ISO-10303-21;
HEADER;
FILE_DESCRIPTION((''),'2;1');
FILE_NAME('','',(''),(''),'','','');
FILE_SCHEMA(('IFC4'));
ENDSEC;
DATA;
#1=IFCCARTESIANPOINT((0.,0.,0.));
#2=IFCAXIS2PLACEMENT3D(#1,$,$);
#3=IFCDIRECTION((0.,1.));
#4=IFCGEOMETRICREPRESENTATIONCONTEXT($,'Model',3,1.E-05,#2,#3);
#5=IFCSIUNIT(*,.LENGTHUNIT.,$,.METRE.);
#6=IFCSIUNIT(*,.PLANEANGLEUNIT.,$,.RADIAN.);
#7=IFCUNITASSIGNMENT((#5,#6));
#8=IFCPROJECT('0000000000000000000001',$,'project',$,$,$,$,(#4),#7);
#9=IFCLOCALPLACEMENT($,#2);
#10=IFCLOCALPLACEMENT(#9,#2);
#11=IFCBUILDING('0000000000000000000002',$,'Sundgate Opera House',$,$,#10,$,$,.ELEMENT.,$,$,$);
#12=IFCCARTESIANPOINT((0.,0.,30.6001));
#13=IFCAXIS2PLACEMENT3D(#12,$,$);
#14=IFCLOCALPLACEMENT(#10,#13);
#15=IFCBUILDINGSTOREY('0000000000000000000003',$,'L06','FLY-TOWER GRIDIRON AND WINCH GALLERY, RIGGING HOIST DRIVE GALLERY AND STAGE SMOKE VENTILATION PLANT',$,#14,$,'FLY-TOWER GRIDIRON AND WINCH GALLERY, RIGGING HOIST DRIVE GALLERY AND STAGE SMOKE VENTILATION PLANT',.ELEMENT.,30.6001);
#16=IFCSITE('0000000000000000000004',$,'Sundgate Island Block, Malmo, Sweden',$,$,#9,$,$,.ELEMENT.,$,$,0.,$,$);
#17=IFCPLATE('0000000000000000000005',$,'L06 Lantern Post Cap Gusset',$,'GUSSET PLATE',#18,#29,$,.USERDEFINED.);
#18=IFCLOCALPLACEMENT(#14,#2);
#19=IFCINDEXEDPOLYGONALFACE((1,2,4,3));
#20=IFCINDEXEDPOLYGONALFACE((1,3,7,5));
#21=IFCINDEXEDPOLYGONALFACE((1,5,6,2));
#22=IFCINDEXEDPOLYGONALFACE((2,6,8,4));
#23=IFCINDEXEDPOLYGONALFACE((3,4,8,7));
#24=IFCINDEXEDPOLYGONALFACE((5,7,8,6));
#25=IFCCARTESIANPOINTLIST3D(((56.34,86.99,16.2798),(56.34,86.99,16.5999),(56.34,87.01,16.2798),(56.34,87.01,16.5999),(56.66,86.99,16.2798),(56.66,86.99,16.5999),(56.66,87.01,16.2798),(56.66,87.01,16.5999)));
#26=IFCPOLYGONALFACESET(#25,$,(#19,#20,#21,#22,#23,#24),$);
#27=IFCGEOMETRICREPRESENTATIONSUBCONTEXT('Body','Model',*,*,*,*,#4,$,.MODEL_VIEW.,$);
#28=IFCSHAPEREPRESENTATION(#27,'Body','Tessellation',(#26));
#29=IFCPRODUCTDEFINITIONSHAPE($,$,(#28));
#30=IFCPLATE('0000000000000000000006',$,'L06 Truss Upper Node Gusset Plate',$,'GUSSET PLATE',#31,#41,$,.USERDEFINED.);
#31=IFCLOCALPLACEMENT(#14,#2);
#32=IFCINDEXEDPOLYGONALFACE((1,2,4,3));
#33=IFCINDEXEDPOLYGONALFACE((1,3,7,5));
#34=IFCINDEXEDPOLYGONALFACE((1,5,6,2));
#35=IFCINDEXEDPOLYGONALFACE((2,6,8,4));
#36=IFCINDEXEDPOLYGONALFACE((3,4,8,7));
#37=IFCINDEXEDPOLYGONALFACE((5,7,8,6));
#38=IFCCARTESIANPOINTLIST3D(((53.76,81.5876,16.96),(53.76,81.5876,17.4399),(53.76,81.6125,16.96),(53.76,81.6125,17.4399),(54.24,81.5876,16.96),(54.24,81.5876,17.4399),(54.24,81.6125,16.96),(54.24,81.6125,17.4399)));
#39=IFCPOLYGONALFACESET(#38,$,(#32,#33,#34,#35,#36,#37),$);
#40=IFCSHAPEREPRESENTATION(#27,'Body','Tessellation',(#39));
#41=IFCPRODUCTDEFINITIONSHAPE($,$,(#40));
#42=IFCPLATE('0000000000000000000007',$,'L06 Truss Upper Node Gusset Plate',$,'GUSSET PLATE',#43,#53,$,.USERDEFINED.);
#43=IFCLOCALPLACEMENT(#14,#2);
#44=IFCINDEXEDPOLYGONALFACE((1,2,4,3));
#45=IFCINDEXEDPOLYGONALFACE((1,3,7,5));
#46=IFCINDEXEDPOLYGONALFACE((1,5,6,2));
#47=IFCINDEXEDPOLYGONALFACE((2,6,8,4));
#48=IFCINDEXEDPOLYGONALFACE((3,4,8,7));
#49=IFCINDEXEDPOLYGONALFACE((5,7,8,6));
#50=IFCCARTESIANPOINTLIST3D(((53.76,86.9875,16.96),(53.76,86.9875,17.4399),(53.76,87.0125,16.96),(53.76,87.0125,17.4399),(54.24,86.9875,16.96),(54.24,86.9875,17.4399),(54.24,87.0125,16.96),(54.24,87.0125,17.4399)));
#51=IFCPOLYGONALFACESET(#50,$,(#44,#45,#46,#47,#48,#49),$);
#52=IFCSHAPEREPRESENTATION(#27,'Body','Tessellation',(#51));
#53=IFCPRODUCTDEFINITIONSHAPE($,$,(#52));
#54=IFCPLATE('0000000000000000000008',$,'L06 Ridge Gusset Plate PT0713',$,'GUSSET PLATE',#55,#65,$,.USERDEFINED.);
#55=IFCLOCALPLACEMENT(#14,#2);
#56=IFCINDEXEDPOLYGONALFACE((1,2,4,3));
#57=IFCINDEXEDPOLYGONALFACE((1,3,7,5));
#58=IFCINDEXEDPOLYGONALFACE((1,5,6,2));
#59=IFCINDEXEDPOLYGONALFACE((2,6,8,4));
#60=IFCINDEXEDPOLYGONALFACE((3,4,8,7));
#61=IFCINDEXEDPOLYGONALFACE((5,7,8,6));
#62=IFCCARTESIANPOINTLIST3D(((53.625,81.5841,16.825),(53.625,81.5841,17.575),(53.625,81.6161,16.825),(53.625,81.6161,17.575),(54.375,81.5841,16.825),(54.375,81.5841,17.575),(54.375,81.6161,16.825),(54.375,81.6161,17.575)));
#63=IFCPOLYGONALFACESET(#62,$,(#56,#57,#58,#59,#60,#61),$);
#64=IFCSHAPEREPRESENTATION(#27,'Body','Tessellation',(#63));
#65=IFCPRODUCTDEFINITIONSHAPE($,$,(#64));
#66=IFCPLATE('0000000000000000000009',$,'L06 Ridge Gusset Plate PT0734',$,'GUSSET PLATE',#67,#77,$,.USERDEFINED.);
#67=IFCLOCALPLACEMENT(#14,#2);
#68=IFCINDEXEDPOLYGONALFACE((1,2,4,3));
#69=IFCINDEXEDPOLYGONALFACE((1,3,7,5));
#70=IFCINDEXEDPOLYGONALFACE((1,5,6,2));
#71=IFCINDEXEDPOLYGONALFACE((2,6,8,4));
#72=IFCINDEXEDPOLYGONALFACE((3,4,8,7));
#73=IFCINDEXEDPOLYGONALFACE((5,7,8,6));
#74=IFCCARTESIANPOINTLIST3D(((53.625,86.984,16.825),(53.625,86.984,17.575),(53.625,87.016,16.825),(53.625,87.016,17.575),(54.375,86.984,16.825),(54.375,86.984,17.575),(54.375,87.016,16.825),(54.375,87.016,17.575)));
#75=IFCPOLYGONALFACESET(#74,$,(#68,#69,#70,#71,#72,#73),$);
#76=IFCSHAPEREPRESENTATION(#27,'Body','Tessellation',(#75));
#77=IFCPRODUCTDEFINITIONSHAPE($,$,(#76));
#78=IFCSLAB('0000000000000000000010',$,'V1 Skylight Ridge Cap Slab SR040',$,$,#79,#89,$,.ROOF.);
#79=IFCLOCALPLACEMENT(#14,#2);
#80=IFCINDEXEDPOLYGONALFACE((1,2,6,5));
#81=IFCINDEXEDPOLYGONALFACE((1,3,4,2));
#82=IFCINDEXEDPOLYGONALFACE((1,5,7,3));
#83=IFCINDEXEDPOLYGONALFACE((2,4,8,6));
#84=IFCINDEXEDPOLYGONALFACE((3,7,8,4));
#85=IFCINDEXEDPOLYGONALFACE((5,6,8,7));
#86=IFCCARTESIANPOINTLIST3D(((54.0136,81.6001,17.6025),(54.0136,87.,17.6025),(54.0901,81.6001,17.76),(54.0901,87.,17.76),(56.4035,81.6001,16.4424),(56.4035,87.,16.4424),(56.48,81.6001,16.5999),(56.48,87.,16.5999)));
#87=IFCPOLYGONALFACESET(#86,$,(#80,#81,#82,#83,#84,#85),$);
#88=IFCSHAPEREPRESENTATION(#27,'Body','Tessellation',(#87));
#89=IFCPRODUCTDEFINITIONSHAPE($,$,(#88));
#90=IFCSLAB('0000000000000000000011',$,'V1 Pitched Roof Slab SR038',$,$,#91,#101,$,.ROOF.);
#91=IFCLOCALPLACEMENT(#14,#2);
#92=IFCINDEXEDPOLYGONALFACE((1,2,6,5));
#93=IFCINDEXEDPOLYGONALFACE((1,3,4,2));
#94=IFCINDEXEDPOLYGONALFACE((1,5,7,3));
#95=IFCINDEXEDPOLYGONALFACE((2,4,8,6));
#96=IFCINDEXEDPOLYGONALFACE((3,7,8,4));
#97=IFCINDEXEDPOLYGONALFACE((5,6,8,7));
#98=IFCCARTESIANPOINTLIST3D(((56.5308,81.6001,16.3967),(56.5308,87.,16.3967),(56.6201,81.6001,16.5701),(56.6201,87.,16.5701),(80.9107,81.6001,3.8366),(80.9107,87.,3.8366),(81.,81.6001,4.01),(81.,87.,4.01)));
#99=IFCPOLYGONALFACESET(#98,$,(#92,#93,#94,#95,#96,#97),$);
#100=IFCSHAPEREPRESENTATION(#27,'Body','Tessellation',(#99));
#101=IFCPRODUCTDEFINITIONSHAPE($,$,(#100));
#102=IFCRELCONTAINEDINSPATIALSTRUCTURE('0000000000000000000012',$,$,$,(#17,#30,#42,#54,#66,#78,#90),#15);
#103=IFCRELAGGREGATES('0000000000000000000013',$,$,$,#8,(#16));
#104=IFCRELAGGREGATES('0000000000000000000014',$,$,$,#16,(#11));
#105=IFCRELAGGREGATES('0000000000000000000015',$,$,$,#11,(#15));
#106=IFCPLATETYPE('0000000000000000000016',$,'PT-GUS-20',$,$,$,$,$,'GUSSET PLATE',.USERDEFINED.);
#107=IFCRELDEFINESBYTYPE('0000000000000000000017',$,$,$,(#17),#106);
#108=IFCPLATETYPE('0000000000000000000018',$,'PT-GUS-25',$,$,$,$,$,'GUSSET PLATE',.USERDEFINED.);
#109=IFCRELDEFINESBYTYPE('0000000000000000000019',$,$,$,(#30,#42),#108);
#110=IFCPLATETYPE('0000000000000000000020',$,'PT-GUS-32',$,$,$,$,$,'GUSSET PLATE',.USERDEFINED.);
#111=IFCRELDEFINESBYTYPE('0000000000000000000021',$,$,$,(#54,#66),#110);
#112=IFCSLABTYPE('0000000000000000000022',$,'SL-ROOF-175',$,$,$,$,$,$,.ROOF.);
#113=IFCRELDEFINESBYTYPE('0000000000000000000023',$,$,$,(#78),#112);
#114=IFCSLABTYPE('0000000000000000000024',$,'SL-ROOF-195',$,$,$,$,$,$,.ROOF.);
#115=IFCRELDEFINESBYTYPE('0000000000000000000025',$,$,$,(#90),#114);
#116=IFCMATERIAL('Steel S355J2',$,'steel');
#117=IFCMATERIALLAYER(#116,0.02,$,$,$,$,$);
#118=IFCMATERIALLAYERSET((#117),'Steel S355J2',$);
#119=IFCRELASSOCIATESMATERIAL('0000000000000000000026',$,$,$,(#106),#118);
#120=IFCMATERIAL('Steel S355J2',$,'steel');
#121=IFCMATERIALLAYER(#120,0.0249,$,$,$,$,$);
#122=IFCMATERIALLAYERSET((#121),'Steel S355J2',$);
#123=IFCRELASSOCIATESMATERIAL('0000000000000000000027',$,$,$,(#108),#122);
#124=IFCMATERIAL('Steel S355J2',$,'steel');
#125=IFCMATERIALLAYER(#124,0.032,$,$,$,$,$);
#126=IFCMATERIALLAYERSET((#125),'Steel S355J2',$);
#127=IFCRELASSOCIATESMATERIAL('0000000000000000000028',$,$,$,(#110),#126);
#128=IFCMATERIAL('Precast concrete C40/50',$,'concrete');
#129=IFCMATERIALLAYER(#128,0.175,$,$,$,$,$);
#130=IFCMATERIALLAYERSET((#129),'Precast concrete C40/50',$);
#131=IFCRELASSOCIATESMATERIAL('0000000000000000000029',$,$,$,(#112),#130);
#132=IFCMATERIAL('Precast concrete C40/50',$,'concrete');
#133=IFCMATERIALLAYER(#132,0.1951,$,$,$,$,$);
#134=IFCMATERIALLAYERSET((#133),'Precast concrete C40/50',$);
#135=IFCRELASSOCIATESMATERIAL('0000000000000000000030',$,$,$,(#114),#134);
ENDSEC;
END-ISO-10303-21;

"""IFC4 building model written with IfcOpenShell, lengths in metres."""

from ifc_helpers import new_model, si_unit, direction, frame, origin, origin_2d, place, context, subcontext, project, spatial, polyline, rectangle, outline, extrude, material, layer, layer_set, type_object, element, save


model = new_model("IFC4")

# Units and contexts
model_context = context("Model", 3, precision=1e-05, world=origin(), true_north=direction((0.0, 1.0)))
body_context = subcontext(model_context, "Body", "Model", "MODEL_VIEW")
ifc_project = project(units=[si_unit("LENGTHUNIT", "METRE"), si_unit("PLANEANGLEUNIT", "RADIAN")], contexts=[model_context])

# Site, building, storey
site_placement = place(None, origin())
site = spatial("IfcSite", under=ifc_project, at=site_placement, Name="Sundgate Island Block, Malmo, Sweden", CompositionType="ELEMENT", RefElevation=0.0)
building_placement = place(site_placement, origin())
building = spatial("IfcBuilding", under=site, at=building_placement, Name="Sundgate Opera House", CompositionType="ELEMENT")
storey_placement = place(building_placement, frame((0.0, 0.0, 30.6001)))
storey = spatial("IfcBuildingStorey", under=building, at=storey_placement, Name="L06", Description="FLY-TOWER GRIDIRON AND WINCH GALLERY, RIGGING HOIST DRIVE GALLERY AND STAGE SMOKE VENTILATION PLANT", LongName="FLY-TOWER GRIDIRON AND WINCH GALLERY, RIGGING HOIST DRIVE GALLERY AND STAGE SMOKE VENTILATION PLANT", CompositionType="ELEMENT", Elevation=30.6001)

# Plates
ifc_material_1 = material(Name="Steel S355J2", Category="steel")
ifc_layer_1 = layer(ifc_material_1, 0.02)
ifc_layer_set_1 = layer_set([ifc_layer_1], Name="Steel S355J2")
plate_type_1 = type_object("IfcPlateType", Name="PT-GUS-20", ElementType="GUSSET PLATE", PredefinedType="USERDEFINED", material=ifc_layer_set_1)
for number, where, z_axis, x_axis, name in (
    (1, (56.5, 87.0, 16.2798), (0.0, 0.0, 1.0), (1.0, 0.0, 0.0), "L06 Lantern Post Cap Gusset"),
):
    element("IfcPlate", number, at=place(storey_placement, frame(where, z_axis=z_axis, x_axis=x_axis)), inside=storey, type_object=plate_type_1, Name=name, ObjectType="GUSSET PLATE", PredefinedType="USERDEFINED", context=body_context, shape_type="SweptSolid", body=[
        extrude(rectangle(XDim=0.3201, YDim=0.02, at=origin_2d()), origin(), (0.0, 0.0, 1.0), 0.3201),
    ])
ifc_material_2 = material(Name="Steel S355J2", Category="steel")
ifc_layer_2 = layer(ifc_material_2, 0.0249)
ifc_layer_set_2 = layer_set([ifc_layer_2], Name="Steel S355J2")
plate_type_2 = type_object("IfcPlateType", Name="PT-GUS-25", ElementType="GUSSET PLATE", PredefinedType="USERDEFINED", material=ifc_layer_set_2)
for number, where, z_axis, x_axis, name in (
    (2, (54.0, 81.6001, 16.96), (0.0, 0.0, 1.0), (1.0, 0.0, 0.0), "L06 Truss Upper Node Gusset Plate"),
    (3, (54.0, 87.0, 16.96), (0.0, 0.0, 1.0), (1.0, 0.0, 0.0), "L06 Truss Upper Node Gusset Plate"),
):
    element("IfcPlate", number, at=place(storey_placement, frame(where, z_axis=z_axis, x_axis=x_axis)), inside=storey, type_object=plate_type_2, Name=name, ObjectType="GUSSET PLATE", PredefinedType="USERDEFINED", context=body_context, shape_type="SweptSolid", body=[
        extrude(rectangle(XDim=0.48, YDim=0.0249, at=origin_2d()), origin(), (0.0, 0.0, 1.0), 0.48),
    ])
ifc_material_3 = material(Name="Steel S355J2", Category="steel")
ifc_layer_3 = layer(ifc_material_3, 0.032)
ifc_layer_set_3 = layer_set([ifc_layer_3], Name="Steel S355J2")
plate_type_3 = type_object("IfcPlateType", Name="PT-GUS-32", ElementType="GUSSET PLATE", PredefinedType="USERDEFINED", material=ifc_layer_set_3)
for number, where, z_axis, x_axis, name in (
    (4, (54.0, 81.6001, 16.825), (0.0, 0.0, 1.0), (1.0, 0.0, 0.0), "L06 Ridge Gusset Plate PT0713"),
    (5, (54.0, 87.0, 16.825), (0.0, 0.0, 1.0), (1.0, 0.0, 0.0), "L06 Ridge Gusset Plate PT0734"),
):
    element("IfcPlate", number, at=place(storey_placement, frame(where, z_axis=z_axis, x_axis=x_axis)), inside=storey, type_object=plate_type_3, Name=name, ObjectType="GUSSET PLATE", PredefinedType="USERDEFINED", context=body_context, shape_type="SweptSolid", body=[
        extrude(rectangle(XDim=0.75, YDim=0.032, at=origin_2d()), origin(), (0.0, 0.0, 1.0), 0.75),
    ])

# Slabs
ifc_material_4 = material(Name="Precast concrete C40/50", Category="concrete")
ifc_layer_4 = layer(ifc_material_4, 0.175)
ifc_layer_set_4 = layer_set([ifc_layer_4], Name="Precast concrete C40/50")
slab_type_1 = type_object("IfcSlabType", Name="SL-ROOF-175", PredefinedType="ROOF", material=ifc_layer_set_4)
slab_1_placement = place(storey_placement, frame((54.0901, 81.6001, 17.76), z_axis=(0.436706, 0.0, 0.899604), x_axis=(0.899604, 0.0, -0.436706)))
element("IfcSlab", 6, at=slab_1_placement, inside=storey, type_object=slab_type_1, Name="V1 Skylight Ridge Cap Slab SR040", PredefinedType="ROOF", context=body_context, shape_type="SweptSolid", body=[
    extrude(outline(polyline([(0.0, 0.0), (2.6566, 0.0), (2.6566, 5.3999), (0.0, 5.3999), (0.0, 0.0)])), origin(), (0.0, 0.0, -1.0), 0.175),
])
ifc_material_5 = material(Name="Precast concrete C40/50", Category="concrete")
ifc_layer_5 = layer(ifc_material_5, 0.1951)
ifc_layer_set_5 = layer_set([ifc_layer_5], Name="Precast concrete C40/50")
slab_type_2 = type_object("IfcSlabType", Name="SL-ROOF-195", PredefinedType="ROOF", material=ifc_layer_set_5)
slab_2_placement = place(storey_placement, frame((56.6201, 81.6001, 16.5701), z_axis=(0.457977, 0.0, 0.888964), x_axis=(0.888964, 0.0, -0.457977)))
element("IfcSlab", 7, at=slab_2_placement, inside=storey, type_object=slab_type_2, Name="V1 Pitched Roof Slab SR038", PredefinedType="ROOF", context=body_context, shape_type="SweptSolid", body=[
    extrude(outline(polyline([(0.0, 0.0), (27.4251, 0.0), (27.4251, 5.3999), (0.0, 5.3999), (0.0, 0.0)])), origin(), (0.0, 0.0, -1.0), 0.1951),
])

save(model, "model.ifc")
